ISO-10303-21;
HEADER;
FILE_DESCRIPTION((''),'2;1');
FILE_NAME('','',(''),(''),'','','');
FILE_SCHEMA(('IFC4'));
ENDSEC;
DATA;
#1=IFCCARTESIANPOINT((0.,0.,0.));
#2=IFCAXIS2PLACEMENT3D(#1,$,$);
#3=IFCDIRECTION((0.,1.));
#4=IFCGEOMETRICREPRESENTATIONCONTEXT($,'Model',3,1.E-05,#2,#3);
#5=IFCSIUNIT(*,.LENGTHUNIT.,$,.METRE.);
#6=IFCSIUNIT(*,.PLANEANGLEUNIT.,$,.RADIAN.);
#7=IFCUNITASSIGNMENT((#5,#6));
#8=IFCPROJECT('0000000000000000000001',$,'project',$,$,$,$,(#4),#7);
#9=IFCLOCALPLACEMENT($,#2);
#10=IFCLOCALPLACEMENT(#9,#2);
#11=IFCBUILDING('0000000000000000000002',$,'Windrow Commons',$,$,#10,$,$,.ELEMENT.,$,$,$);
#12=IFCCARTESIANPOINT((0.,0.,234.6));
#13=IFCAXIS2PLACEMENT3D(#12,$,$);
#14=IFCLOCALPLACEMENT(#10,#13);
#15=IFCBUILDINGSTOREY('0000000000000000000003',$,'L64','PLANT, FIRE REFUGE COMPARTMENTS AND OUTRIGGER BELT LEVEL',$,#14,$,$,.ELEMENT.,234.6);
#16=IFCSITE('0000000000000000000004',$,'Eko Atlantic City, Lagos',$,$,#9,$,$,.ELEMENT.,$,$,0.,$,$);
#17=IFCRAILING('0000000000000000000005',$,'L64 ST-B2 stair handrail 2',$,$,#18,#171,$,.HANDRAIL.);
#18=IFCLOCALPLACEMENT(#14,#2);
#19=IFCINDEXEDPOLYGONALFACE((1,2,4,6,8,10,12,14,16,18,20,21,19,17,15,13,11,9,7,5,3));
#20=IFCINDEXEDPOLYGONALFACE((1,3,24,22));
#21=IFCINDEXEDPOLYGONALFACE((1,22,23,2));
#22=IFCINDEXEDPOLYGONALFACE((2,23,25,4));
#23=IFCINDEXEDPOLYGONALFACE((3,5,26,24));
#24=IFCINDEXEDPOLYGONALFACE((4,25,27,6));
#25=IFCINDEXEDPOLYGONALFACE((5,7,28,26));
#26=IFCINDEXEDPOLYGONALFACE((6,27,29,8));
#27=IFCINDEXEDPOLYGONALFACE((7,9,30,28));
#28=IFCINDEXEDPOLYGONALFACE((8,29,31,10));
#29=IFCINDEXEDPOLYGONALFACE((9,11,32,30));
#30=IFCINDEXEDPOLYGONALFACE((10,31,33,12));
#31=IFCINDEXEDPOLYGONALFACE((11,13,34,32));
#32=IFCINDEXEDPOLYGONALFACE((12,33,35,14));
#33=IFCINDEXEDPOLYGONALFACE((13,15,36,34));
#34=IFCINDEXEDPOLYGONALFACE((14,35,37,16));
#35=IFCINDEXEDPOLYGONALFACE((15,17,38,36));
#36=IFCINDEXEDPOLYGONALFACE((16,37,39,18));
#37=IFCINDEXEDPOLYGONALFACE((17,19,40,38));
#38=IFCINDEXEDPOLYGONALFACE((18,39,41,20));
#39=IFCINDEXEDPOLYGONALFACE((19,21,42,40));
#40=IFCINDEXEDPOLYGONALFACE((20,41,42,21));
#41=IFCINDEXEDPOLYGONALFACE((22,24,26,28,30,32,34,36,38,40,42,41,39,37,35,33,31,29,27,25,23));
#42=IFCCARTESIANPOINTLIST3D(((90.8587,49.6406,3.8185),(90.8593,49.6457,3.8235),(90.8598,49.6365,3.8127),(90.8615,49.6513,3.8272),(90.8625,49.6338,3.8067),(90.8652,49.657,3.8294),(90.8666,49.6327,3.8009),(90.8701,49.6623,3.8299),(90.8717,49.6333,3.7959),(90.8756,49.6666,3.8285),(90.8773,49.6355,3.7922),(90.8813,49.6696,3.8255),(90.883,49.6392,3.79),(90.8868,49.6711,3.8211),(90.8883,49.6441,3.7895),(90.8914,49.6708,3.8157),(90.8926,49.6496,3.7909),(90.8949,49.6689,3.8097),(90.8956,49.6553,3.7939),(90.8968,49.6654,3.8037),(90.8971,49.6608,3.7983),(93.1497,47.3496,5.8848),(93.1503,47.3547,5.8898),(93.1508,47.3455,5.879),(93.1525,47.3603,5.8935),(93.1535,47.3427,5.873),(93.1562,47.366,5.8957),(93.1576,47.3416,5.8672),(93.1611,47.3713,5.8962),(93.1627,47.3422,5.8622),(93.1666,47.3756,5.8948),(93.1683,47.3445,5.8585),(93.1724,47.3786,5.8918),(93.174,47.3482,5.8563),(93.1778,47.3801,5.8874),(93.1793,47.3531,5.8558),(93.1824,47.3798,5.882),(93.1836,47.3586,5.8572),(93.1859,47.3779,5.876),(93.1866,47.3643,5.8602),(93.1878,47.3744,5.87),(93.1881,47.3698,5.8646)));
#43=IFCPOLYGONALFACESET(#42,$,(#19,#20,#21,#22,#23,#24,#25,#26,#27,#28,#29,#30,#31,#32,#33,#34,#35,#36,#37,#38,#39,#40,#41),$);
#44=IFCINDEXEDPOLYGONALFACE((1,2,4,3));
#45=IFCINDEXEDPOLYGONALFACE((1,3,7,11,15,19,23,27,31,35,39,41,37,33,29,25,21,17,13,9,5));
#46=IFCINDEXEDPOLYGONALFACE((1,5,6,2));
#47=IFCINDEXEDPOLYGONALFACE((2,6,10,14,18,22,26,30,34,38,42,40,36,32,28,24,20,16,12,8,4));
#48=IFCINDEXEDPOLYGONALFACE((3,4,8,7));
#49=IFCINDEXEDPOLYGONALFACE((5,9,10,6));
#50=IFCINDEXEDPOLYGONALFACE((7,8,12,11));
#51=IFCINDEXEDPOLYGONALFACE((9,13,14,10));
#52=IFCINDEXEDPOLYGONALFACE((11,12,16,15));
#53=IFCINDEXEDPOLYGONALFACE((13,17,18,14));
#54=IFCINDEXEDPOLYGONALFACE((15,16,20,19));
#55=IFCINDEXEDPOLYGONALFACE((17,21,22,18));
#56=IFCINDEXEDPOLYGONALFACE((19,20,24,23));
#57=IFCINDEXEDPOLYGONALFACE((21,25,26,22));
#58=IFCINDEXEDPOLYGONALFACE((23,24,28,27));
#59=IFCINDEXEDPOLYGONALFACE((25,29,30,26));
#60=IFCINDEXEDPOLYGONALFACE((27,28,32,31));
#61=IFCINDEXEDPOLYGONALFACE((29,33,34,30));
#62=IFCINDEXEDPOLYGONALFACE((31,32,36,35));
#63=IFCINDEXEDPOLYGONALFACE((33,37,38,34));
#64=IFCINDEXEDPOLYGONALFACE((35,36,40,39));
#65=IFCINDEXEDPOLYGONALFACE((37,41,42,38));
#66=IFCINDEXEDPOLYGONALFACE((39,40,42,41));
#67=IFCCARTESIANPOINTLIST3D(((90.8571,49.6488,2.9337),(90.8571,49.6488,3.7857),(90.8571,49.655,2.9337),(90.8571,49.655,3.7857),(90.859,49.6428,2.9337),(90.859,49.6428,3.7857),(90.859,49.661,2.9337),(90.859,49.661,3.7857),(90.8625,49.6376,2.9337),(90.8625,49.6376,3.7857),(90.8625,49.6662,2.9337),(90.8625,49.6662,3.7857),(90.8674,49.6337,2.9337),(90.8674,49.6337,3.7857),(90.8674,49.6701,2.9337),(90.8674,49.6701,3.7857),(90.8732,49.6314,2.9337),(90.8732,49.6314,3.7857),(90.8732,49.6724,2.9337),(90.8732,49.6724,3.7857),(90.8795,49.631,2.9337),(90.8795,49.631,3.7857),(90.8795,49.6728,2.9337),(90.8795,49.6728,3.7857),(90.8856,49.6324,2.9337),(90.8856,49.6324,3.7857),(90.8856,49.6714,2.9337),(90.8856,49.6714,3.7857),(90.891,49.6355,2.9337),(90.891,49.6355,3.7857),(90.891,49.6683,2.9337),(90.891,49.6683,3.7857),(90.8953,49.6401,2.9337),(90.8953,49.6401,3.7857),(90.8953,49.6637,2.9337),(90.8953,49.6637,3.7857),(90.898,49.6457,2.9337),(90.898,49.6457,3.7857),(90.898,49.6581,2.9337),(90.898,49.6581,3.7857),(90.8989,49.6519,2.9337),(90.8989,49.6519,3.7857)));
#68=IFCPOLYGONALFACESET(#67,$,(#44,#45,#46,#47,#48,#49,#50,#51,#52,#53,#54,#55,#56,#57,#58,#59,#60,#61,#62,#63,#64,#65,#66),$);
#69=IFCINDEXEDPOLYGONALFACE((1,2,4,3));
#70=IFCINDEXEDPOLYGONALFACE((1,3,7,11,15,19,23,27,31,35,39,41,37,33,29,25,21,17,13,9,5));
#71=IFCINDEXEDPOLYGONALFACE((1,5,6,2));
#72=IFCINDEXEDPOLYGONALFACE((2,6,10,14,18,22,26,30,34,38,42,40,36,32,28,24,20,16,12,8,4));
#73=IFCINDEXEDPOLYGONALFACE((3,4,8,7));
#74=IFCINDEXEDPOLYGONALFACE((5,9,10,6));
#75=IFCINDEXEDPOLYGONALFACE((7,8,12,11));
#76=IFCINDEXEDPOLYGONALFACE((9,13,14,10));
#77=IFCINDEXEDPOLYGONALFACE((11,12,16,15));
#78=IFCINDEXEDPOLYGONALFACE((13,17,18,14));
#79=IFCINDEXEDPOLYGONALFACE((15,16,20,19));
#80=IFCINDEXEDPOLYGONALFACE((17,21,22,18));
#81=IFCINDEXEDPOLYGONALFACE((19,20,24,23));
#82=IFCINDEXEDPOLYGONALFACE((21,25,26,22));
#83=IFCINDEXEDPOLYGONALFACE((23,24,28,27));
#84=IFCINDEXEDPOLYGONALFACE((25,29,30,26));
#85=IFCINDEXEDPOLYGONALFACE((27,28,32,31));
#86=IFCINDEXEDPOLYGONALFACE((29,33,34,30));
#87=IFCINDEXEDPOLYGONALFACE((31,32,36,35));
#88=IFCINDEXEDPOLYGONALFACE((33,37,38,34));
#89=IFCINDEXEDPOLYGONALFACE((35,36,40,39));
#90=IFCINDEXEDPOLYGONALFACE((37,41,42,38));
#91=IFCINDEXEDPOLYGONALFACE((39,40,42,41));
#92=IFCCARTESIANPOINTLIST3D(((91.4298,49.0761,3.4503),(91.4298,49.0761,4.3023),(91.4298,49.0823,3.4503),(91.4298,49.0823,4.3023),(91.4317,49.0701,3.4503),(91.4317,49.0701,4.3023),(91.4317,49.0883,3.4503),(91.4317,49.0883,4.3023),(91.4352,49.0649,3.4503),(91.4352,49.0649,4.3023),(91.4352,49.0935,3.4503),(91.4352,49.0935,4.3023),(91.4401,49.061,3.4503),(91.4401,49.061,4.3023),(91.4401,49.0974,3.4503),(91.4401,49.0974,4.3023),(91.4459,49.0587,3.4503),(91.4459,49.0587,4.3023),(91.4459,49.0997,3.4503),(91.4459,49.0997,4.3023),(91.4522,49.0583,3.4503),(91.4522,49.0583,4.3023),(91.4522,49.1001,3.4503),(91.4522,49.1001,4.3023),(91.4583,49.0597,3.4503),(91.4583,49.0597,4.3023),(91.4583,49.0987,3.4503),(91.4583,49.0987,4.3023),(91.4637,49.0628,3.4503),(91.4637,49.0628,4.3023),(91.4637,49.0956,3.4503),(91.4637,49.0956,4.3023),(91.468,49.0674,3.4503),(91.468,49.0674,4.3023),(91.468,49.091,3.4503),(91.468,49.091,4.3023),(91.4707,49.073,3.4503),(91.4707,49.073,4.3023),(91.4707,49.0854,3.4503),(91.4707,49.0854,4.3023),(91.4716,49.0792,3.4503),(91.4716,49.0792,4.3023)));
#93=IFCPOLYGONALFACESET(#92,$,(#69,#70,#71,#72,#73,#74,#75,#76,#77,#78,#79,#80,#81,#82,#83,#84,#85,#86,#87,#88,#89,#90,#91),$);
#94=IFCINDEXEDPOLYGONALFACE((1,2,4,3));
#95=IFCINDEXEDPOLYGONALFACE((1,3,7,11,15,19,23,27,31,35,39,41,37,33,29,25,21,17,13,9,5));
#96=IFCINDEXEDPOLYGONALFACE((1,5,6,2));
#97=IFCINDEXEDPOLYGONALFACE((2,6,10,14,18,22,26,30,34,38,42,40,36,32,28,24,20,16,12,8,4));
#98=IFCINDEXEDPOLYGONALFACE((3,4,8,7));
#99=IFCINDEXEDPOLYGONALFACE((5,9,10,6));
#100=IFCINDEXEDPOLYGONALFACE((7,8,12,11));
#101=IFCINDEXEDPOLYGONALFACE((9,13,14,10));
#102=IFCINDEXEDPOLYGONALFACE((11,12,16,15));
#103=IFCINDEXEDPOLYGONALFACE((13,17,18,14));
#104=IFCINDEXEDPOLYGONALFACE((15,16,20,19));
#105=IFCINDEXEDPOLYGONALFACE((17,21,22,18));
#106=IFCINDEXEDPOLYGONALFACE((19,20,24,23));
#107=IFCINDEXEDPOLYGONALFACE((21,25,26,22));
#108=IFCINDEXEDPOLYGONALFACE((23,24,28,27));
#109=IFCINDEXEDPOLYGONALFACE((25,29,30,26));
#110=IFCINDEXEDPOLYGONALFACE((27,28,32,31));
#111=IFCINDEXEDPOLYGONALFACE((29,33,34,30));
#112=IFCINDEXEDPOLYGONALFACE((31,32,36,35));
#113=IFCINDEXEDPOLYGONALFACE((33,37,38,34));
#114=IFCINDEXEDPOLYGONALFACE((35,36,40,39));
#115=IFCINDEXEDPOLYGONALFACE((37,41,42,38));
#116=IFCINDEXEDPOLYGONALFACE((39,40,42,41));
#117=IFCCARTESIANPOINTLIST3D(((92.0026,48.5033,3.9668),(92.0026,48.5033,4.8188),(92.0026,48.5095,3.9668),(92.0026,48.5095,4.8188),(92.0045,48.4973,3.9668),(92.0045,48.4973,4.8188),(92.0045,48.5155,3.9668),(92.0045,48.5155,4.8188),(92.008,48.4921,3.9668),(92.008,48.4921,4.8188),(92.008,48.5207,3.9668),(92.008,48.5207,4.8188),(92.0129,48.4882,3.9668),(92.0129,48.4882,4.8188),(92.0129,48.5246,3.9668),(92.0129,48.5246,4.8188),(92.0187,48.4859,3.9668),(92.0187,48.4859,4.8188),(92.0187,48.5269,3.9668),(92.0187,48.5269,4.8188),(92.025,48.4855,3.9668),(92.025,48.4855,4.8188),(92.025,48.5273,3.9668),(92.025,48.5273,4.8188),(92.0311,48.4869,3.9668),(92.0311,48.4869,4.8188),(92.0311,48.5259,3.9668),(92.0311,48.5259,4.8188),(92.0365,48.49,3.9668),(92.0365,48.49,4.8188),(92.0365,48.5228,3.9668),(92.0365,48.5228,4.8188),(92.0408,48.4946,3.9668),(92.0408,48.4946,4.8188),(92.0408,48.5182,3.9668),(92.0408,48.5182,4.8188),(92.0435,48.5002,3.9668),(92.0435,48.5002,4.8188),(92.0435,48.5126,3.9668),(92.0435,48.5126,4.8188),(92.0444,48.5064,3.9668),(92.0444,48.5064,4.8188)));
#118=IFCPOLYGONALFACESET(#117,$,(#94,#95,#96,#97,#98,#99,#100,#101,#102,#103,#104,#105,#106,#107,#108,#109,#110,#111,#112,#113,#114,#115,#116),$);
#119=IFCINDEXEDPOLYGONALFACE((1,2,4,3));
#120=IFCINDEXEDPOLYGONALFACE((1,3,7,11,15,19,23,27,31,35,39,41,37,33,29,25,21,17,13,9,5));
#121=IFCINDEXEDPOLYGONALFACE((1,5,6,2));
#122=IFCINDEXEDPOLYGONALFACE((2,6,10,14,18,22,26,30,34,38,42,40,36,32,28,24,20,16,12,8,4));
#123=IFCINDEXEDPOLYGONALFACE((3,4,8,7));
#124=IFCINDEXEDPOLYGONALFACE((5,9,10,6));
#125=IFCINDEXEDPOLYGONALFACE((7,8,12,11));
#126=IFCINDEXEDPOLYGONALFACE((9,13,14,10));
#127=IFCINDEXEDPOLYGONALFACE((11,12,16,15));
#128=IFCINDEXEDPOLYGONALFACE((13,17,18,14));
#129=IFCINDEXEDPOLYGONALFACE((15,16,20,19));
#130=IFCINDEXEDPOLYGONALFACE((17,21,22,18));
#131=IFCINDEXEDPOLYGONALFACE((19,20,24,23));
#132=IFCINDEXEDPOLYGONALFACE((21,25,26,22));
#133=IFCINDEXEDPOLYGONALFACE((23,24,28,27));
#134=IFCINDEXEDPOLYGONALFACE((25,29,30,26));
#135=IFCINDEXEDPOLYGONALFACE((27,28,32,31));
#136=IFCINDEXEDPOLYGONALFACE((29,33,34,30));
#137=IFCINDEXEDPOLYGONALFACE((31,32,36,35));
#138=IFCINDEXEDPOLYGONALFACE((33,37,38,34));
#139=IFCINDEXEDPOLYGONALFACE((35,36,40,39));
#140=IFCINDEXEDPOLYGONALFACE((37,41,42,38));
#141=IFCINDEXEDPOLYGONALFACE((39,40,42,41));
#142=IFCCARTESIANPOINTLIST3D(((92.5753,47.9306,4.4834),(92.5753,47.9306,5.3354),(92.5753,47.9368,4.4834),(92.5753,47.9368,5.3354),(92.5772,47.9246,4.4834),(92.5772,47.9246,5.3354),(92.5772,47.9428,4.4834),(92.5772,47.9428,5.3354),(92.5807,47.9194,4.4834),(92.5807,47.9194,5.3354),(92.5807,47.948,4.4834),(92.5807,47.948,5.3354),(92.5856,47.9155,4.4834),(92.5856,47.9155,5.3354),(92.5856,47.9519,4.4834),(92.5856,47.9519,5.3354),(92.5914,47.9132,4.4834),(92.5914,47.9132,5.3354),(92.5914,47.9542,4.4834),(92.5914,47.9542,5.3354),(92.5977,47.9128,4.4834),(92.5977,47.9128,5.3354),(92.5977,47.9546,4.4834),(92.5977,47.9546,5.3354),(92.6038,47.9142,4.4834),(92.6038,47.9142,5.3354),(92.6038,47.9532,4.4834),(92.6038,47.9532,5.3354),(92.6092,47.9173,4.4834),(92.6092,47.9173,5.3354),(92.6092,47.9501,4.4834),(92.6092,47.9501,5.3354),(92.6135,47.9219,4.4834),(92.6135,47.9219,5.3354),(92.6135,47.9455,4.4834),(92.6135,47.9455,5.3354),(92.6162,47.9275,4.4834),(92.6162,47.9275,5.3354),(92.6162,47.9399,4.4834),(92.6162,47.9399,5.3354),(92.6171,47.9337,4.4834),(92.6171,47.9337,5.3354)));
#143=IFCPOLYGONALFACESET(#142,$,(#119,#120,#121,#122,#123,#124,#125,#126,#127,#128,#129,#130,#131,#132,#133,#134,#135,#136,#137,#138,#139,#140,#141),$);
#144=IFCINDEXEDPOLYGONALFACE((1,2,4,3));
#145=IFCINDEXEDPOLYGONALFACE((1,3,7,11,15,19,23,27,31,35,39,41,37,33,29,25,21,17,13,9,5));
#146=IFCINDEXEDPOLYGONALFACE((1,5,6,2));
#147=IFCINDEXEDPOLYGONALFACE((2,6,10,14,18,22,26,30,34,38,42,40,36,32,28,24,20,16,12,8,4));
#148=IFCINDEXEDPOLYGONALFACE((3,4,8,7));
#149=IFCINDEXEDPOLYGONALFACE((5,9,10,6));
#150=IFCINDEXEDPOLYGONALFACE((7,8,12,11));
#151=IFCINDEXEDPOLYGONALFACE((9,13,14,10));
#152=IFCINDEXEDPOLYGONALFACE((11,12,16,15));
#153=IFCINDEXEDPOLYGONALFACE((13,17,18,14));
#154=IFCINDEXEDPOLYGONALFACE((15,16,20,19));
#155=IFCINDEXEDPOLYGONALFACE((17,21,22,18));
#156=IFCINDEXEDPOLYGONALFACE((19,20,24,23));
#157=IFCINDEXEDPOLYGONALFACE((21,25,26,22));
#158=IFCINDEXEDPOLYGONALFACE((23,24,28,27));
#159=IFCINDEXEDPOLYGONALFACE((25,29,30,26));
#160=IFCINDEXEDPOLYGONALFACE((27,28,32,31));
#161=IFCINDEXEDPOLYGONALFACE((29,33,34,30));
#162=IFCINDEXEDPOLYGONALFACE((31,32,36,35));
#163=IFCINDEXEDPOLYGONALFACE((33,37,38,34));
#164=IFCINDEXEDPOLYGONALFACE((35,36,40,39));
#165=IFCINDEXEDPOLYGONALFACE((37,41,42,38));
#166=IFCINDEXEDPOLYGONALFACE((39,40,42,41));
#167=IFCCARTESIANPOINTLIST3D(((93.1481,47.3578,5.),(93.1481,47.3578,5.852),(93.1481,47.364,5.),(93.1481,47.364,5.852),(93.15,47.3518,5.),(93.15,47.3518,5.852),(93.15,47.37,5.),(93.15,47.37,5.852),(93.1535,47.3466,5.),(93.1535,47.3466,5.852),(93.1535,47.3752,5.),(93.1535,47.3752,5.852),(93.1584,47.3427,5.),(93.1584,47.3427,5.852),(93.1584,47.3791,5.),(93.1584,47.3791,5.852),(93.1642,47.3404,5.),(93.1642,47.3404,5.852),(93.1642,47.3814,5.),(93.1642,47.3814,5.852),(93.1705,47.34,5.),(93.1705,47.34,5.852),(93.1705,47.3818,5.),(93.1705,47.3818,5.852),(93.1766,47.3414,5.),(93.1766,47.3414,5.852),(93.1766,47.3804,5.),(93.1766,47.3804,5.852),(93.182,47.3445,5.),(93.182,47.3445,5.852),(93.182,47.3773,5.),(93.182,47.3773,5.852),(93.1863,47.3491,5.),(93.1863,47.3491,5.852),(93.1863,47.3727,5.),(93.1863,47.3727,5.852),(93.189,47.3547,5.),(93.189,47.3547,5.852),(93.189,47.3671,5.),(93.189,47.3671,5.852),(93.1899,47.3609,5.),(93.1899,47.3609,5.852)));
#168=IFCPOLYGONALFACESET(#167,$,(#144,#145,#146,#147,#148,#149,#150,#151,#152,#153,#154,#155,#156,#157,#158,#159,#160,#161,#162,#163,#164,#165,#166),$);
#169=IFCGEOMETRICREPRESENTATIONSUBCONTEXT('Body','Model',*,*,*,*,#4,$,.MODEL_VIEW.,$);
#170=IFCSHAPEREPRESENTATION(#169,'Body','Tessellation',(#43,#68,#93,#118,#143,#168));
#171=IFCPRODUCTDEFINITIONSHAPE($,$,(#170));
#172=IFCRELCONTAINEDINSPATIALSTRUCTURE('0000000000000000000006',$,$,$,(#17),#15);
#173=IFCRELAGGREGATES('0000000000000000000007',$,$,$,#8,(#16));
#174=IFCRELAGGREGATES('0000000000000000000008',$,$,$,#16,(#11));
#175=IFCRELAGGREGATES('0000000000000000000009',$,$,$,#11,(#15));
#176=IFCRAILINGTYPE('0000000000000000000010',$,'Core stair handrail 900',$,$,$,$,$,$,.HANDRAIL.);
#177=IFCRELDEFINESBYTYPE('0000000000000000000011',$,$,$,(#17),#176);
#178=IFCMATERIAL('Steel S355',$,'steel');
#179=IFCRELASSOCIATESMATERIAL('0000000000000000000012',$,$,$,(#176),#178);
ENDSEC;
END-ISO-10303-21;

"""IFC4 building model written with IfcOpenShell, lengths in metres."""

from ifc_helpers import new_model, si_unit, direction, frame, origin, origin_2d, place, context, subcontext, project, spatial, circle, extrude, material, type_object, element, save


model = new_model("IFC4")

# Units and contexts
model_context = context("Model", 3, precision=1e-05, world=origin(), true_north=direction((0.0, 1.0)))
body_context = subcontext(model_context, "Body", "Model", "MODEL_VIEW")
ifc_project = project(units=[si_unit("LENGTHUNIT", "METRE"), si_unit("PLANEANGLEUNIT", "RADIAN")], contexts=[model_context])

# Site, building, storey
site_placement = place(None, origin())
site = spatial("IfcSite", under=ifc_project, at=site_placement, Name="Eko Atlantic City, Lagos", CompositionType="ELEMENT", RefElevation=0.0)
building_placement = place(site_placement, origin())
building = spatial("IfcBuilding", under=site, at=building_placement, Name="Windrow Commons", CompositionType="ELEMENT")
storey_placement = place(building_placement, frame((0.0, 0.0, 234.6)))
storey = spatial("IfcBuildingStorey", under=building, at=storey_placement, Name="L64", Description="PLANT, FIRE REFUGE COMPARTMENTS AND OUTRIGGER BELT LEVEL", CompositionType="ELEMENT", Elevation=234.6)

# Railing
ifc_material_1 = material(Name="Steel S355", Category="steel")
railing_type_1 = type_object("IfcRailingType", Name="Core stair handrail 900", PredefinedType="HANDRAIL", material=ifc_material_1)
railing_1_placement = place(storey_placement, frame((90.8779, 49.6519, 2.9337)))
element("IfcRailing", 1, at=railing_1_placement, inside=storey, type_object=railing_type_1, Name="L64 ST-B2 stair handrail 2", PredefinedType="HANDRAIL", context=body_context, shape_type="SweptSolid", body=[
    extrude(circle(Radius=0.024, at=origin_2d()), frame((0.0, 0.0, 0.876), z_axis=(0.596183, -0.596183, 0.53771), x_axis=(0.707107, 0.707107, 0.0)), (0.0, 0.0, 1.0), 3.8428),
    extrude(circle(Radius=0.021, at=origin_2d()), origin(), (0.0, 0.0, 1.0), 0.852),
    extrude(circle(Radius=0.021, at=origin_2d()), frame((0.5727, -0.5727, 0.5166)), (0.0, 0.0, 1.0), 0.852),
    extrude(circle(Radius=0.021, at=origin_2d()), frame((1.1455, -1.1455, 1.0331)), (0.0, 0.0, 1.0), 0.852),
    extrude(circle(Radius=0.021, at=origin_2d()), frame((1.7182, -1.7182, 1.5497)), (0.0, 0.0, 1.0), 0.852),
    extrude(circle(Radius=0.021, at=origin_2d()), frame((2.291, -2.291, 2.0663)), (0.0, 0.0, 1.0), 0.852),
])

save(model, "model.ifc")
